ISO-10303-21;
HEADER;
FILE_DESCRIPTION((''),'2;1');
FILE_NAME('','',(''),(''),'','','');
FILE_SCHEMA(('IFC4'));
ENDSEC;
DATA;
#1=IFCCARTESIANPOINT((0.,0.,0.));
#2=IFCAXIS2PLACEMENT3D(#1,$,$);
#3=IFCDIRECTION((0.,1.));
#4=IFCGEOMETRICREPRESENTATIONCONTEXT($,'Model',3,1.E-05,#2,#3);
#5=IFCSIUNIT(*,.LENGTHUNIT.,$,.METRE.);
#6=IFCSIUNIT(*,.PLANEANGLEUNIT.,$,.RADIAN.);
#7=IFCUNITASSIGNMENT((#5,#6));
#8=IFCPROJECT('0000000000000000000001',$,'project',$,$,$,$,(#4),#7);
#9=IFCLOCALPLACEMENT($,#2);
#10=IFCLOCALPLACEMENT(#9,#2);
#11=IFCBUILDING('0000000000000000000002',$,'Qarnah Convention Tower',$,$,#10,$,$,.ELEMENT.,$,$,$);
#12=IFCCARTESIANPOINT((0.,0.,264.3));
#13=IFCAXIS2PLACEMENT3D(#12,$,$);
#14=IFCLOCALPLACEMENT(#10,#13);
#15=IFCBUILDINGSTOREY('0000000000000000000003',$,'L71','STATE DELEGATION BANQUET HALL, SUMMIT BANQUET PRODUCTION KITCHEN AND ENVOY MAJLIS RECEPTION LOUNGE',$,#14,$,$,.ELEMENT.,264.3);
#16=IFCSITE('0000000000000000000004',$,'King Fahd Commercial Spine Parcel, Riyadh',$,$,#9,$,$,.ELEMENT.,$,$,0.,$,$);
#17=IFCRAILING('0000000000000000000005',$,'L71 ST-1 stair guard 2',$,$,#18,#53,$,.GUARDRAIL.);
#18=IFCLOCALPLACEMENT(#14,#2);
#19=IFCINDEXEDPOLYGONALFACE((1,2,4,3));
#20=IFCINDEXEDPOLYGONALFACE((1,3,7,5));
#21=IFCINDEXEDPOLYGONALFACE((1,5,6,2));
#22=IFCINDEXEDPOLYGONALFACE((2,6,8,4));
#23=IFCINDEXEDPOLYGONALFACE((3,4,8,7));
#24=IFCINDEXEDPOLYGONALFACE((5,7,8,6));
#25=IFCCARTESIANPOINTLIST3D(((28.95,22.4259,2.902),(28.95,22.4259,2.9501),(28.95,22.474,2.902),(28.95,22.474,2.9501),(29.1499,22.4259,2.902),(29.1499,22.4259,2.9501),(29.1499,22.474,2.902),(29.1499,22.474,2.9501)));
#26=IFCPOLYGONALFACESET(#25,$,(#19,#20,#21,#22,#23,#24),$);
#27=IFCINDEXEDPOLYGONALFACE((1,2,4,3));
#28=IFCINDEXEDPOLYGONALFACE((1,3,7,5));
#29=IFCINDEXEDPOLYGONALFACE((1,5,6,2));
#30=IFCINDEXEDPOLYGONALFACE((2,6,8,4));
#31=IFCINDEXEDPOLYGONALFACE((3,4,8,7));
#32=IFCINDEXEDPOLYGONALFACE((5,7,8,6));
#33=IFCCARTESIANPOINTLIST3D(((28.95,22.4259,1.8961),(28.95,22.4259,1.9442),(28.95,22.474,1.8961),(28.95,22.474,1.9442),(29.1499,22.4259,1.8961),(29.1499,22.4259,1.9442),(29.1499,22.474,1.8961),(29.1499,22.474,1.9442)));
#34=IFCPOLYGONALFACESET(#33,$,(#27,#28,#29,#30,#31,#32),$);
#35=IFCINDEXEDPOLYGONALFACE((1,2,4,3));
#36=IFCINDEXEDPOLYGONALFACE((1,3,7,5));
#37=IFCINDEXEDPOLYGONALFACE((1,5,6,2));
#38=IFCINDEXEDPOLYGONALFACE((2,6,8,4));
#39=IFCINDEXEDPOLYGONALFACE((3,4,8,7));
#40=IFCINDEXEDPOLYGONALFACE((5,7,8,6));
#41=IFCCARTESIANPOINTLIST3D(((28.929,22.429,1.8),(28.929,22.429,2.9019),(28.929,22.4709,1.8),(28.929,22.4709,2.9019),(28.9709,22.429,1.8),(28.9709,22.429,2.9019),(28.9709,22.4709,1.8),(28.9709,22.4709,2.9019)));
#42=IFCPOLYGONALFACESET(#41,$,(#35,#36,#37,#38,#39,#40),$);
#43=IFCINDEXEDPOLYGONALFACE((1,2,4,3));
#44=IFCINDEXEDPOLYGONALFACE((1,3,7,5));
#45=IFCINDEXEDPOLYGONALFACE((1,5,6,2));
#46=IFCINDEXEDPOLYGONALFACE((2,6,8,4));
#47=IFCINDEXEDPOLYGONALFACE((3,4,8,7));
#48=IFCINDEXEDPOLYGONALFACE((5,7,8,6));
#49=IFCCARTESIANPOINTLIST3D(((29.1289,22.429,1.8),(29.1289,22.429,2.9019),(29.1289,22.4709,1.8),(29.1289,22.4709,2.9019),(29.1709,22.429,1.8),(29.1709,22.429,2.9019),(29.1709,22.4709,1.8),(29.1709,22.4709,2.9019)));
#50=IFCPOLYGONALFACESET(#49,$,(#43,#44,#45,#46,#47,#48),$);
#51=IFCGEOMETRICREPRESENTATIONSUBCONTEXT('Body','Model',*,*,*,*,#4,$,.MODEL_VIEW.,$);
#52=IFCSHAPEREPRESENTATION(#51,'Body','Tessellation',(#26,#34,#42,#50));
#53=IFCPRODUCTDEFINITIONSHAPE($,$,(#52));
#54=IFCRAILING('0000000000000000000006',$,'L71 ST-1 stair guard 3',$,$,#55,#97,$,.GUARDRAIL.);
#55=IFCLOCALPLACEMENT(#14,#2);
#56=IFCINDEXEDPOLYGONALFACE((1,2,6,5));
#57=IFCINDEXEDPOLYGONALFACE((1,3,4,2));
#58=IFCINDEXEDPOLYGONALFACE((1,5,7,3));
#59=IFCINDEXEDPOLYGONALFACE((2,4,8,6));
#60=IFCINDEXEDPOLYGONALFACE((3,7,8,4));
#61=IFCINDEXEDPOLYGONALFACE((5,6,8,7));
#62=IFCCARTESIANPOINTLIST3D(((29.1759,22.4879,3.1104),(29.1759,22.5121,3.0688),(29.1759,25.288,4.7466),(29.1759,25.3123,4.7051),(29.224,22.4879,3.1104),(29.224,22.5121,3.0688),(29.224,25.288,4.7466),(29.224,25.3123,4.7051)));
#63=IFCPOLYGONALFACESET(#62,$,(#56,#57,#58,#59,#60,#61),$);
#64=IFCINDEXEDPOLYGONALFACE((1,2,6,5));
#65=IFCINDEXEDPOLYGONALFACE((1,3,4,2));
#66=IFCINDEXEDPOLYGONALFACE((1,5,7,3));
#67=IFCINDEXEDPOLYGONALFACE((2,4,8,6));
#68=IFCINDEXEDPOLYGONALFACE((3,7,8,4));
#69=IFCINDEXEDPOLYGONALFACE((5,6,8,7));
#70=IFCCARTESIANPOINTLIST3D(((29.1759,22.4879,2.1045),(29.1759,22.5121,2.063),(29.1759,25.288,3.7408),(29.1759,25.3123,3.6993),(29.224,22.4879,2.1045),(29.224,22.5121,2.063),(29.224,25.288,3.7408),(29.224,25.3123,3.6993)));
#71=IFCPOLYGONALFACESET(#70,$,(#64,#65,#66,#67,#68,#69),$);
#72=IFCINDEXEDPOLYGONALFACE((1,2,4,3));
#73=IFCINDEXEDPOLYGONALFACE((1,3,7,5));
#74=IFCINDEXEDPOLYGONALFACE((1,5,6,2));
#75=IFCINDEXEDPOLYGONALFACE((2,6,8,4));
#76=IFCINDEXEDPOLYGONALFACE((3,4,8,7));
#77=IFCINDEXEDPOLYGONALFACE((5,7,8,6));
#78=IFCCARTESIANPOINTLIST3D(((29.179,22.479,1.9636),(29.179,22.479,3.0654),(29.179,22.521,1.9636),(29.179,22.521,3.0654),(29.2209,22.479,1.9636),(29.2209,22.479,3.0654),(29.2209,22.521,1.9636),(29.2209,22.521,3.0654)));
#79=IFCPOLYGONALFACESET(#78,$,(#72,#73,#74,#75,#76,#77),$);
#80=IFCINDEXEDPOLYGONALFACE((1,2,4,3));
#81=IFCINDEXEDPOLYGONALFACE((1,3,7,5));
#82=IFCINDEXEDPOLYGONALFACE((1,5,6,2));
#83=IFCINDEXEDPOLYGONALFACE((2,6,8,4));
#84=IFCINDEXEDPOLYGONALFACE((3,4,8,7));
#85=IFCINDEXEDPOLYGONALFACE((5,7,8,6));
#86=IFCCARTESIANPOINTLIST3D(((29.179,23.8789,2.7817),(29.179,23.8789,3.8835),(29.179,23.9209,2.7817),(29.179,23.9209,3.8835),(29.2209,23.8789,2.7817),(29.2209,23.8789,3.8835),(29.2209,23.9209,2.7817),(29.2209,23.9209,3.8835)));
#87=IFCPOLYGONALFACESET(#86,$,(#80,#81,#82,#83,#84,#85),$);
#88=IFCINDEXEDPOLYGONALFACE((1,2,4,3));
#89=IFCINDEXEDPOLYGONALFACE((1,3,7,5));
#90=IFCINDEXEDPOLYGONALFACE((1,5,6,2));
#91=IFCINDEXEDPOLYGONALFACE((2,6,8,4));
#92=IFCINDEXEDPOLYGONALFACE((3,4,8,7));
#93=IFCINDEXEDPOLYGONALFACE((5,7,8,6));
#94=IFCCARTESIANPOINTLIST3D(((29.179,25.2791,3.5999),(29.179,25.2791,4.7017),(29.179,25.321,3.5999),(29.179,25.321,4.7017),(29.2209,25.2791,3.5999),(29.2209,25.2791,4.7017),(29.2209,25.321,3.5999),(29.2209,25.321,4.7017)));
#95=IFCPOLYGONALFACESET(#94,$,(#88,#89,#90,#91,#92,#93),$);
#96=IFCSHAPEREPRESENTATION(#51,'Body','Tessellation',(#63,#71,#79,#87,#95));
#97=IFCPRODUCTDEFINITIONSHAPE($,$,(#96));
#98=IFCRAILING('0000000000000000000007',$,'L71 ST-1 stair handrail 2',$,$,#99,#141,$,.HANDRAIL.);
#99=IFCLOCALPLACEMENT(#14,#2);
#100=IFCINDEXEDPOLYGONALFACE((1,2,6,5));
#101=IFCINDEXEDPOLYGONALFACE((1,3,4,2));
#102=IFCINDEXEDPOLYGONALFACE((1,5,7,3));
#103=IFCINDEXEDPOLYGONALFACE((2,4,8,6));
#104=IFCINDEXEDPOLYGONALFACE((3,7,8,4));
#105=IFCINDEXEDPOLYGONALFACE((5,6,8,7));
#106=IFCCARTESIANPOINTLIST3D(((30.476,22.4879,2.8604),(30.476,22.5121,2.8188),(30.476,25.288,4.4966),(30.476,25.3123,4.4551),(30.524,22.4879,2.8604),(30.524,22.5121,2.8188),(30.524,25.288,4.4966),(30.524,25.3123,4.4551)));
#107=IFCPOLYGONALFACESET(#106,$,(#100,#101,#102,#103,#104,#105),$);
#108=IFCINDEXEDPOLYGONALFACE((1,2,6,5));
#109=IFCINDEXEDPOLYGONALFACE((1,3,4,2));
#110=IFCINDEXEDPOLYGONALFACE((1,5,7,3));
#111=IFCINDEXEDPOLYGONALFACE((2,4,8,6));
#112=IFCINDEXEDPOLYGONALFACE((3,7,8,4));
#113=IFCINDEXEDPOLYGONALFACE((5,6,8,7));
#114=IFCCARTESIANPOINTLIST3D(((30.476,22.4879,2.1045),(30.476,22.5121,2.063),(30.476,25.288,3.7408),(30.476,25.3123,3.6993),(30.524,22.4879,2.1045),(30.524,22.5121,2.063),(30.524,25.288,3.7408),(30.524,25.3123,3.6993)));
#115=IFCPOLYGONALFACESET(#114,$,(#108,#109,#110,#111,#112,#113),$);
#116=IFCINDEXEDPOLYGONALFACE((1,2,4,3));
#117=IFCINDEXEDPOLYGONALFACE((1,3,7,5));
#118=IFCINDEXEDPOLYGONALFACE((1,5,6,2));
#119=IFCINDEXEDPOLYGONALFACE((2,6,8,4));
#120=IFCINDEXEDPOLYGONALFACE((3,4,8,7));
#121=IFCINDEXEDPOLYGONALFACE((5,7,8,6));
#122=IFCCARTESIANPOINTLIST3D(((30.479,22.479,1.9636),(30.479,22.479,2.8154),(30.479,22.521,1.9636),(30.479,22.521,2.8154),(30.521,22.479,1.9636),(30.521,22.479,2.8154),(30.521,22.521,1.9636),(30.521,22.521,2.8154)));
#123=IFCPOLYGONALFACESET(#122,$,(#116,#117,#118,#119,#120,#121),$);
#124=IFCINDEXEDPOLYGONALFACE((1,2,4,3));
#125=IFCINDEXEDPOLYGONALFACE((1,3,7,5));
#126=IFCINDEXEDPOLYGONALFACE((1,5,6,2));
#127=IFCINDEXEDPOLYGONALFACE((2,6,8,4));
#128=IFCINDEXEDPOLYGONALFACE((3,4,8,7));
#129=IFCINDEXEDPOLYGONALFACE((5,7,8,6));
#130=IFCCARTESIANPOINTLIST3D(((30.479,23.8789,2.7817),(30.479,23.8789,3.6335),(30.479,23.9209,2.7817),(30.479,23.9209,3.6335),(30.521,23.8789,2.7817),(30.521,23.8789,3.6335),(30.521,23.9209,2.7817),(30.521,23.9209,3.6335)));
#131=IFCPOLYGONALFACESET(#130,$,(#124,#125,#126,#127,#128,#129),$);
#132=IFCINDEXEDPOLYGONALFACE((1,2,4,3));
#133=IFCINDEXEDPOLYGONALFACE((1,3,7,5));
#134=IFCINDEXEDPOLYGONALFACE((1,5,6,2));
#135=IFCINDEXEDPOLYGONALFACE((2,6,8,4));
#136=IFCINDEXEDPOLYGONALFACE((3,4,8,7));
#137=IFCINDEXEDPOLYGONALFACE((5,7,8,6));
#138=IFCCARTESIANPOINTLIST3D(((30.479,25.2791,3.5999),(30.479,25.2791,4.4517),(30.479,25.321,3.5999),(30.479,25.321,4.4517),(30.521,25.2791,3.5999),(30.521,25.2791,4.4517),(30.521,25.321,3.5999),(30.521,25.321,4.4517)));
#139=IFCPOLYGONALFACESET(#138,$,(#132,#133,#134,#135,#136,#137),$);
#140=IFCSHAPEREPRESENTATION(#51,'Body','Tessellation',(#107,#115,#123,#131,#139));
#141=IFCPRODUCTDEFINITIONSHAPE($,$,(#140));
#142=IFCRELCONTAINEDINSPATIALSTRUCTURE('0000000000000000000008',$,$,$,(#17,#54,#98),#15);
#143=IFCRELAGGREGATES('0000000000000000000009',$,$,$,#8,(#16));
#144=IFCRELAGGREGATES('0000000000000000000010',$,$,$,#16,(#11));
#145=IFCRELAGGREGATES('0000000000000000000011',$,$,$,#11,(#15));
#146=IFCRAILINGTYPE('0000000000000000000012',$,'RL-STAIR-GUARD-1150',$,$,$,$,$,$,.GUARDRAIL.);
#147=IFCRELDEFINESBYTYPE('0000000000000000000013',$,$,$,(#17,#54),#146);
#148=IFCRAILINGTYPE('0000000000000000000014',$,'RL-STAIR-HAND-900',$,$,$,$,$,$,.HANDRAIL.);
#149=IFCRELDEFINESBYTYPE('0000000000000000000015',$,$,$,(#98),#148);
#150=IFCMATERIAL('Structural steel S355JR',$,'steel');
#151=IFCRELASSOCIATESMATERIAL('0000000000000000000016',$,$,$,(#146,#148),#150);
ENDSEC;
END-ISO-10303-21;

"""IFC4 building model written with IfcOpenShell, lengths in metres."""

from ifc_helpers import new_model, si_unit, direction, frame, origin, origin_2d, place, context, subcontext, project, spatial, rectangle, extrude, material, type_object, element, save


model = new_model("IFC4")

# Units and contexts
model_context = context("Model", 3, precision=1e-05, world=origin(), true_north=direction((0.0, 1.0)))
body_context = subcontext(model_context, "Body", "Model", "MODEL_VIEW")
ifc_project = project(units=[si_unit("LENGTHUNIT", "METRE"), si_unit("PLANEANGLEUNIT", "RADIAN")], contexts=[model_context])

# Site, building, storey
site_placement = place(None, origin())
site = spatial("IfcSite", under=ifc_project, at=site_placement, Name="King Fahd Commercial Spine Parcel, Riyadh", CompositionType="ELEMENT", RefElevation=0.0)
building_placement = place(site_placement, origin())
building = spatial("IfcBuilding", under=site, at=building_placement, Name="Qarnah Convention Tower", CompositionType="ELEMENT")
storey_placement = place(building_placement, frame((0.0, 0.0, 264.3)))
storey = spatial("IfcBuildingStorey", under=building, at=storey_placement, Name="L71", Description="STATE DELEGATION BANQUET HALL, SUMMIT BANQUET PRODUCTION KITCHEN AND ENVOY MAJLIS RECEPTION LOUNGE", CompositionType="ELEMENT", Elevation=264.3)

# Shared definitions
ifc_material_1 = material(Name="Structural steel S355JR", Category="steel")

# Railings
railing_type_1 = type_object("IfcRailingType", Name="RL-STAIR-GUARD-1150", PredefinedType="GUARDRAIL", material=ifc_material_1)
railing_1_placement = place(storey_placement, frame((28.95, 22.45, 1.8)))
element("IfcRailing", 1, at=railing_1_placement, inside=storey, type_object=railing_type_1, Name="L71 ST-1 stair guard 2", PredefinedType="GUARDRAIL", context=body_context, shape_type="SweptSolid", body=[
    extrude(rectangle(XDim=0.0481, YDim=0.0481, at=origin_2d()), frame((0.0, 0.0, 1.126), z_axis=(1.0, 0.0, 0.0), x_axis=(0.0, 1.0, 0.0)), (0.0, 0.0, 1.0), 0.2),
    extrude(rectangle(XDim=0.0481, YDim=0.0481, at=origin_2d()), frame((0.0, 0.0, 0.1201), z_axis=(1.0, 0.0, 0.0), x_axis=(0.0, 1.0, 0.0)), (0.0, 0.0, 1.0), 0.2),
    extrude(rectangle(XDim=0.042, YDim=0.042, at=origin_2d()), origin(), (0.0, 0.0, 1.0), 1.1018),
    extrude(rectangle(XDim=0.042, YDim=0.042, at=origin_2d()), frame((0.2, 0.0, 0.0)), (0.0, 0.0, 1.0), 1.1018),
])
railing_2_placement = place(storey_placement, frame((29.2, 22.5, 1.9636)))
element("IfcRailing", 2, at=railing_2_placement, inside=storey, type_object=railing_type_1, Name="L71 ST-1 stair guard 3", PredefinedType="GUARDRAIL", context=body_context, shape_type="SweptSolid", body=[
    extrude(rectangle(XDim=0.0481, YDim=0.0481, at=origin_2d()), frame((0.0, 0.0, 1.126), z_axis=(0.0, 0.863394, 0.504531), x_axis=(-1.0, 0.0, 0.0)), (0.0, 0.0, 1.0), 3.2432),
    extrude(rectangle(XDim=0.0481, YDim=0.0481, at=origin_2d()), frame((0.0, 0.0, 0.1201), z_axis=(0.0, 0.863394, 0.504531), x_axis=(-1.0, 0.0, 0.0)), (0.0, 0.0, 1.0), 3.2432),
    extrude(rectangle(XDim=0.042, YDim=0.042, at=origin_2d()), origin(), (0.0, 0.0, 1.0), 1.1018),
    extrude(rectangle(XDim=0.042, YDim=0.042, at=origin_2d()), frame((0.0, 1.3999, 0.8181)), (0.0, 0.0, 1.0), 1.1018),
    extrude(rectangle(XDim=0.042, YDim=0.042, at=origin_2d()), frame((0.0, 2.8, 1.6362)), (0.0, 0.0, 1.0), 1.1018),
])
railing_type_2 = type_object("IfcRailingType", Name="RL-STAIR-HAND-900", PredefinedType="HANDRAIL", material=ifc_material_1)
railing_3_placement = place(storey_placement, frame((30.5, 22.5, 1.9636)))
element("IfcRailing", 3, at=railing_3_placement, inside=storey, type_object=railing_type_2, Name="L71 ST-1 stair handrail 2", PredefinedType="HANDRAIL", context=body_context, shape_type="SweptSolid", body=[
    extrude(rectangle(XDim=0.0481, YDim=0.0481, at=origin_2d()), frame((0.0, 0.0, 0.876), z_axis=(0.0, 0.863394, 0.504531), x_axis=(-1.0, 0.0, 0.0)), (0.0, 0.0, 1.0), 3.2432),
    extrude(rectangle(XDim=0.0481, YDim=0.0481, at=origin_2d()), frame((0.0, 0.0, 0.1201), z_axis=(0.0, 0.863394, 0.504531), x_axis=(-1.0, 0.0, 0.0)), (0.0, 0.0, 1.0), 3.2432),
    extrude(rectangle(XDim=0.042, YDim=0.042, at=origin_2d()), origin(), (0.0, 0.0, 1.0), 0.8518),
    extrude(rectangle(XDim=0.042, YDim=0.042, at=origin_2d()), frame((0.0, 1.3999, 0.8181)), (0.0, 0.0, 1.0), 0.8518),
    extrude(rectangle(XDim=0.042, YDim=0.042, at=origin_2d()), frame((0.0, 2.8, 1.6362)), (0.0, 0.0, 1.0), 0.8518),
])

save(model, "model.ifc")
